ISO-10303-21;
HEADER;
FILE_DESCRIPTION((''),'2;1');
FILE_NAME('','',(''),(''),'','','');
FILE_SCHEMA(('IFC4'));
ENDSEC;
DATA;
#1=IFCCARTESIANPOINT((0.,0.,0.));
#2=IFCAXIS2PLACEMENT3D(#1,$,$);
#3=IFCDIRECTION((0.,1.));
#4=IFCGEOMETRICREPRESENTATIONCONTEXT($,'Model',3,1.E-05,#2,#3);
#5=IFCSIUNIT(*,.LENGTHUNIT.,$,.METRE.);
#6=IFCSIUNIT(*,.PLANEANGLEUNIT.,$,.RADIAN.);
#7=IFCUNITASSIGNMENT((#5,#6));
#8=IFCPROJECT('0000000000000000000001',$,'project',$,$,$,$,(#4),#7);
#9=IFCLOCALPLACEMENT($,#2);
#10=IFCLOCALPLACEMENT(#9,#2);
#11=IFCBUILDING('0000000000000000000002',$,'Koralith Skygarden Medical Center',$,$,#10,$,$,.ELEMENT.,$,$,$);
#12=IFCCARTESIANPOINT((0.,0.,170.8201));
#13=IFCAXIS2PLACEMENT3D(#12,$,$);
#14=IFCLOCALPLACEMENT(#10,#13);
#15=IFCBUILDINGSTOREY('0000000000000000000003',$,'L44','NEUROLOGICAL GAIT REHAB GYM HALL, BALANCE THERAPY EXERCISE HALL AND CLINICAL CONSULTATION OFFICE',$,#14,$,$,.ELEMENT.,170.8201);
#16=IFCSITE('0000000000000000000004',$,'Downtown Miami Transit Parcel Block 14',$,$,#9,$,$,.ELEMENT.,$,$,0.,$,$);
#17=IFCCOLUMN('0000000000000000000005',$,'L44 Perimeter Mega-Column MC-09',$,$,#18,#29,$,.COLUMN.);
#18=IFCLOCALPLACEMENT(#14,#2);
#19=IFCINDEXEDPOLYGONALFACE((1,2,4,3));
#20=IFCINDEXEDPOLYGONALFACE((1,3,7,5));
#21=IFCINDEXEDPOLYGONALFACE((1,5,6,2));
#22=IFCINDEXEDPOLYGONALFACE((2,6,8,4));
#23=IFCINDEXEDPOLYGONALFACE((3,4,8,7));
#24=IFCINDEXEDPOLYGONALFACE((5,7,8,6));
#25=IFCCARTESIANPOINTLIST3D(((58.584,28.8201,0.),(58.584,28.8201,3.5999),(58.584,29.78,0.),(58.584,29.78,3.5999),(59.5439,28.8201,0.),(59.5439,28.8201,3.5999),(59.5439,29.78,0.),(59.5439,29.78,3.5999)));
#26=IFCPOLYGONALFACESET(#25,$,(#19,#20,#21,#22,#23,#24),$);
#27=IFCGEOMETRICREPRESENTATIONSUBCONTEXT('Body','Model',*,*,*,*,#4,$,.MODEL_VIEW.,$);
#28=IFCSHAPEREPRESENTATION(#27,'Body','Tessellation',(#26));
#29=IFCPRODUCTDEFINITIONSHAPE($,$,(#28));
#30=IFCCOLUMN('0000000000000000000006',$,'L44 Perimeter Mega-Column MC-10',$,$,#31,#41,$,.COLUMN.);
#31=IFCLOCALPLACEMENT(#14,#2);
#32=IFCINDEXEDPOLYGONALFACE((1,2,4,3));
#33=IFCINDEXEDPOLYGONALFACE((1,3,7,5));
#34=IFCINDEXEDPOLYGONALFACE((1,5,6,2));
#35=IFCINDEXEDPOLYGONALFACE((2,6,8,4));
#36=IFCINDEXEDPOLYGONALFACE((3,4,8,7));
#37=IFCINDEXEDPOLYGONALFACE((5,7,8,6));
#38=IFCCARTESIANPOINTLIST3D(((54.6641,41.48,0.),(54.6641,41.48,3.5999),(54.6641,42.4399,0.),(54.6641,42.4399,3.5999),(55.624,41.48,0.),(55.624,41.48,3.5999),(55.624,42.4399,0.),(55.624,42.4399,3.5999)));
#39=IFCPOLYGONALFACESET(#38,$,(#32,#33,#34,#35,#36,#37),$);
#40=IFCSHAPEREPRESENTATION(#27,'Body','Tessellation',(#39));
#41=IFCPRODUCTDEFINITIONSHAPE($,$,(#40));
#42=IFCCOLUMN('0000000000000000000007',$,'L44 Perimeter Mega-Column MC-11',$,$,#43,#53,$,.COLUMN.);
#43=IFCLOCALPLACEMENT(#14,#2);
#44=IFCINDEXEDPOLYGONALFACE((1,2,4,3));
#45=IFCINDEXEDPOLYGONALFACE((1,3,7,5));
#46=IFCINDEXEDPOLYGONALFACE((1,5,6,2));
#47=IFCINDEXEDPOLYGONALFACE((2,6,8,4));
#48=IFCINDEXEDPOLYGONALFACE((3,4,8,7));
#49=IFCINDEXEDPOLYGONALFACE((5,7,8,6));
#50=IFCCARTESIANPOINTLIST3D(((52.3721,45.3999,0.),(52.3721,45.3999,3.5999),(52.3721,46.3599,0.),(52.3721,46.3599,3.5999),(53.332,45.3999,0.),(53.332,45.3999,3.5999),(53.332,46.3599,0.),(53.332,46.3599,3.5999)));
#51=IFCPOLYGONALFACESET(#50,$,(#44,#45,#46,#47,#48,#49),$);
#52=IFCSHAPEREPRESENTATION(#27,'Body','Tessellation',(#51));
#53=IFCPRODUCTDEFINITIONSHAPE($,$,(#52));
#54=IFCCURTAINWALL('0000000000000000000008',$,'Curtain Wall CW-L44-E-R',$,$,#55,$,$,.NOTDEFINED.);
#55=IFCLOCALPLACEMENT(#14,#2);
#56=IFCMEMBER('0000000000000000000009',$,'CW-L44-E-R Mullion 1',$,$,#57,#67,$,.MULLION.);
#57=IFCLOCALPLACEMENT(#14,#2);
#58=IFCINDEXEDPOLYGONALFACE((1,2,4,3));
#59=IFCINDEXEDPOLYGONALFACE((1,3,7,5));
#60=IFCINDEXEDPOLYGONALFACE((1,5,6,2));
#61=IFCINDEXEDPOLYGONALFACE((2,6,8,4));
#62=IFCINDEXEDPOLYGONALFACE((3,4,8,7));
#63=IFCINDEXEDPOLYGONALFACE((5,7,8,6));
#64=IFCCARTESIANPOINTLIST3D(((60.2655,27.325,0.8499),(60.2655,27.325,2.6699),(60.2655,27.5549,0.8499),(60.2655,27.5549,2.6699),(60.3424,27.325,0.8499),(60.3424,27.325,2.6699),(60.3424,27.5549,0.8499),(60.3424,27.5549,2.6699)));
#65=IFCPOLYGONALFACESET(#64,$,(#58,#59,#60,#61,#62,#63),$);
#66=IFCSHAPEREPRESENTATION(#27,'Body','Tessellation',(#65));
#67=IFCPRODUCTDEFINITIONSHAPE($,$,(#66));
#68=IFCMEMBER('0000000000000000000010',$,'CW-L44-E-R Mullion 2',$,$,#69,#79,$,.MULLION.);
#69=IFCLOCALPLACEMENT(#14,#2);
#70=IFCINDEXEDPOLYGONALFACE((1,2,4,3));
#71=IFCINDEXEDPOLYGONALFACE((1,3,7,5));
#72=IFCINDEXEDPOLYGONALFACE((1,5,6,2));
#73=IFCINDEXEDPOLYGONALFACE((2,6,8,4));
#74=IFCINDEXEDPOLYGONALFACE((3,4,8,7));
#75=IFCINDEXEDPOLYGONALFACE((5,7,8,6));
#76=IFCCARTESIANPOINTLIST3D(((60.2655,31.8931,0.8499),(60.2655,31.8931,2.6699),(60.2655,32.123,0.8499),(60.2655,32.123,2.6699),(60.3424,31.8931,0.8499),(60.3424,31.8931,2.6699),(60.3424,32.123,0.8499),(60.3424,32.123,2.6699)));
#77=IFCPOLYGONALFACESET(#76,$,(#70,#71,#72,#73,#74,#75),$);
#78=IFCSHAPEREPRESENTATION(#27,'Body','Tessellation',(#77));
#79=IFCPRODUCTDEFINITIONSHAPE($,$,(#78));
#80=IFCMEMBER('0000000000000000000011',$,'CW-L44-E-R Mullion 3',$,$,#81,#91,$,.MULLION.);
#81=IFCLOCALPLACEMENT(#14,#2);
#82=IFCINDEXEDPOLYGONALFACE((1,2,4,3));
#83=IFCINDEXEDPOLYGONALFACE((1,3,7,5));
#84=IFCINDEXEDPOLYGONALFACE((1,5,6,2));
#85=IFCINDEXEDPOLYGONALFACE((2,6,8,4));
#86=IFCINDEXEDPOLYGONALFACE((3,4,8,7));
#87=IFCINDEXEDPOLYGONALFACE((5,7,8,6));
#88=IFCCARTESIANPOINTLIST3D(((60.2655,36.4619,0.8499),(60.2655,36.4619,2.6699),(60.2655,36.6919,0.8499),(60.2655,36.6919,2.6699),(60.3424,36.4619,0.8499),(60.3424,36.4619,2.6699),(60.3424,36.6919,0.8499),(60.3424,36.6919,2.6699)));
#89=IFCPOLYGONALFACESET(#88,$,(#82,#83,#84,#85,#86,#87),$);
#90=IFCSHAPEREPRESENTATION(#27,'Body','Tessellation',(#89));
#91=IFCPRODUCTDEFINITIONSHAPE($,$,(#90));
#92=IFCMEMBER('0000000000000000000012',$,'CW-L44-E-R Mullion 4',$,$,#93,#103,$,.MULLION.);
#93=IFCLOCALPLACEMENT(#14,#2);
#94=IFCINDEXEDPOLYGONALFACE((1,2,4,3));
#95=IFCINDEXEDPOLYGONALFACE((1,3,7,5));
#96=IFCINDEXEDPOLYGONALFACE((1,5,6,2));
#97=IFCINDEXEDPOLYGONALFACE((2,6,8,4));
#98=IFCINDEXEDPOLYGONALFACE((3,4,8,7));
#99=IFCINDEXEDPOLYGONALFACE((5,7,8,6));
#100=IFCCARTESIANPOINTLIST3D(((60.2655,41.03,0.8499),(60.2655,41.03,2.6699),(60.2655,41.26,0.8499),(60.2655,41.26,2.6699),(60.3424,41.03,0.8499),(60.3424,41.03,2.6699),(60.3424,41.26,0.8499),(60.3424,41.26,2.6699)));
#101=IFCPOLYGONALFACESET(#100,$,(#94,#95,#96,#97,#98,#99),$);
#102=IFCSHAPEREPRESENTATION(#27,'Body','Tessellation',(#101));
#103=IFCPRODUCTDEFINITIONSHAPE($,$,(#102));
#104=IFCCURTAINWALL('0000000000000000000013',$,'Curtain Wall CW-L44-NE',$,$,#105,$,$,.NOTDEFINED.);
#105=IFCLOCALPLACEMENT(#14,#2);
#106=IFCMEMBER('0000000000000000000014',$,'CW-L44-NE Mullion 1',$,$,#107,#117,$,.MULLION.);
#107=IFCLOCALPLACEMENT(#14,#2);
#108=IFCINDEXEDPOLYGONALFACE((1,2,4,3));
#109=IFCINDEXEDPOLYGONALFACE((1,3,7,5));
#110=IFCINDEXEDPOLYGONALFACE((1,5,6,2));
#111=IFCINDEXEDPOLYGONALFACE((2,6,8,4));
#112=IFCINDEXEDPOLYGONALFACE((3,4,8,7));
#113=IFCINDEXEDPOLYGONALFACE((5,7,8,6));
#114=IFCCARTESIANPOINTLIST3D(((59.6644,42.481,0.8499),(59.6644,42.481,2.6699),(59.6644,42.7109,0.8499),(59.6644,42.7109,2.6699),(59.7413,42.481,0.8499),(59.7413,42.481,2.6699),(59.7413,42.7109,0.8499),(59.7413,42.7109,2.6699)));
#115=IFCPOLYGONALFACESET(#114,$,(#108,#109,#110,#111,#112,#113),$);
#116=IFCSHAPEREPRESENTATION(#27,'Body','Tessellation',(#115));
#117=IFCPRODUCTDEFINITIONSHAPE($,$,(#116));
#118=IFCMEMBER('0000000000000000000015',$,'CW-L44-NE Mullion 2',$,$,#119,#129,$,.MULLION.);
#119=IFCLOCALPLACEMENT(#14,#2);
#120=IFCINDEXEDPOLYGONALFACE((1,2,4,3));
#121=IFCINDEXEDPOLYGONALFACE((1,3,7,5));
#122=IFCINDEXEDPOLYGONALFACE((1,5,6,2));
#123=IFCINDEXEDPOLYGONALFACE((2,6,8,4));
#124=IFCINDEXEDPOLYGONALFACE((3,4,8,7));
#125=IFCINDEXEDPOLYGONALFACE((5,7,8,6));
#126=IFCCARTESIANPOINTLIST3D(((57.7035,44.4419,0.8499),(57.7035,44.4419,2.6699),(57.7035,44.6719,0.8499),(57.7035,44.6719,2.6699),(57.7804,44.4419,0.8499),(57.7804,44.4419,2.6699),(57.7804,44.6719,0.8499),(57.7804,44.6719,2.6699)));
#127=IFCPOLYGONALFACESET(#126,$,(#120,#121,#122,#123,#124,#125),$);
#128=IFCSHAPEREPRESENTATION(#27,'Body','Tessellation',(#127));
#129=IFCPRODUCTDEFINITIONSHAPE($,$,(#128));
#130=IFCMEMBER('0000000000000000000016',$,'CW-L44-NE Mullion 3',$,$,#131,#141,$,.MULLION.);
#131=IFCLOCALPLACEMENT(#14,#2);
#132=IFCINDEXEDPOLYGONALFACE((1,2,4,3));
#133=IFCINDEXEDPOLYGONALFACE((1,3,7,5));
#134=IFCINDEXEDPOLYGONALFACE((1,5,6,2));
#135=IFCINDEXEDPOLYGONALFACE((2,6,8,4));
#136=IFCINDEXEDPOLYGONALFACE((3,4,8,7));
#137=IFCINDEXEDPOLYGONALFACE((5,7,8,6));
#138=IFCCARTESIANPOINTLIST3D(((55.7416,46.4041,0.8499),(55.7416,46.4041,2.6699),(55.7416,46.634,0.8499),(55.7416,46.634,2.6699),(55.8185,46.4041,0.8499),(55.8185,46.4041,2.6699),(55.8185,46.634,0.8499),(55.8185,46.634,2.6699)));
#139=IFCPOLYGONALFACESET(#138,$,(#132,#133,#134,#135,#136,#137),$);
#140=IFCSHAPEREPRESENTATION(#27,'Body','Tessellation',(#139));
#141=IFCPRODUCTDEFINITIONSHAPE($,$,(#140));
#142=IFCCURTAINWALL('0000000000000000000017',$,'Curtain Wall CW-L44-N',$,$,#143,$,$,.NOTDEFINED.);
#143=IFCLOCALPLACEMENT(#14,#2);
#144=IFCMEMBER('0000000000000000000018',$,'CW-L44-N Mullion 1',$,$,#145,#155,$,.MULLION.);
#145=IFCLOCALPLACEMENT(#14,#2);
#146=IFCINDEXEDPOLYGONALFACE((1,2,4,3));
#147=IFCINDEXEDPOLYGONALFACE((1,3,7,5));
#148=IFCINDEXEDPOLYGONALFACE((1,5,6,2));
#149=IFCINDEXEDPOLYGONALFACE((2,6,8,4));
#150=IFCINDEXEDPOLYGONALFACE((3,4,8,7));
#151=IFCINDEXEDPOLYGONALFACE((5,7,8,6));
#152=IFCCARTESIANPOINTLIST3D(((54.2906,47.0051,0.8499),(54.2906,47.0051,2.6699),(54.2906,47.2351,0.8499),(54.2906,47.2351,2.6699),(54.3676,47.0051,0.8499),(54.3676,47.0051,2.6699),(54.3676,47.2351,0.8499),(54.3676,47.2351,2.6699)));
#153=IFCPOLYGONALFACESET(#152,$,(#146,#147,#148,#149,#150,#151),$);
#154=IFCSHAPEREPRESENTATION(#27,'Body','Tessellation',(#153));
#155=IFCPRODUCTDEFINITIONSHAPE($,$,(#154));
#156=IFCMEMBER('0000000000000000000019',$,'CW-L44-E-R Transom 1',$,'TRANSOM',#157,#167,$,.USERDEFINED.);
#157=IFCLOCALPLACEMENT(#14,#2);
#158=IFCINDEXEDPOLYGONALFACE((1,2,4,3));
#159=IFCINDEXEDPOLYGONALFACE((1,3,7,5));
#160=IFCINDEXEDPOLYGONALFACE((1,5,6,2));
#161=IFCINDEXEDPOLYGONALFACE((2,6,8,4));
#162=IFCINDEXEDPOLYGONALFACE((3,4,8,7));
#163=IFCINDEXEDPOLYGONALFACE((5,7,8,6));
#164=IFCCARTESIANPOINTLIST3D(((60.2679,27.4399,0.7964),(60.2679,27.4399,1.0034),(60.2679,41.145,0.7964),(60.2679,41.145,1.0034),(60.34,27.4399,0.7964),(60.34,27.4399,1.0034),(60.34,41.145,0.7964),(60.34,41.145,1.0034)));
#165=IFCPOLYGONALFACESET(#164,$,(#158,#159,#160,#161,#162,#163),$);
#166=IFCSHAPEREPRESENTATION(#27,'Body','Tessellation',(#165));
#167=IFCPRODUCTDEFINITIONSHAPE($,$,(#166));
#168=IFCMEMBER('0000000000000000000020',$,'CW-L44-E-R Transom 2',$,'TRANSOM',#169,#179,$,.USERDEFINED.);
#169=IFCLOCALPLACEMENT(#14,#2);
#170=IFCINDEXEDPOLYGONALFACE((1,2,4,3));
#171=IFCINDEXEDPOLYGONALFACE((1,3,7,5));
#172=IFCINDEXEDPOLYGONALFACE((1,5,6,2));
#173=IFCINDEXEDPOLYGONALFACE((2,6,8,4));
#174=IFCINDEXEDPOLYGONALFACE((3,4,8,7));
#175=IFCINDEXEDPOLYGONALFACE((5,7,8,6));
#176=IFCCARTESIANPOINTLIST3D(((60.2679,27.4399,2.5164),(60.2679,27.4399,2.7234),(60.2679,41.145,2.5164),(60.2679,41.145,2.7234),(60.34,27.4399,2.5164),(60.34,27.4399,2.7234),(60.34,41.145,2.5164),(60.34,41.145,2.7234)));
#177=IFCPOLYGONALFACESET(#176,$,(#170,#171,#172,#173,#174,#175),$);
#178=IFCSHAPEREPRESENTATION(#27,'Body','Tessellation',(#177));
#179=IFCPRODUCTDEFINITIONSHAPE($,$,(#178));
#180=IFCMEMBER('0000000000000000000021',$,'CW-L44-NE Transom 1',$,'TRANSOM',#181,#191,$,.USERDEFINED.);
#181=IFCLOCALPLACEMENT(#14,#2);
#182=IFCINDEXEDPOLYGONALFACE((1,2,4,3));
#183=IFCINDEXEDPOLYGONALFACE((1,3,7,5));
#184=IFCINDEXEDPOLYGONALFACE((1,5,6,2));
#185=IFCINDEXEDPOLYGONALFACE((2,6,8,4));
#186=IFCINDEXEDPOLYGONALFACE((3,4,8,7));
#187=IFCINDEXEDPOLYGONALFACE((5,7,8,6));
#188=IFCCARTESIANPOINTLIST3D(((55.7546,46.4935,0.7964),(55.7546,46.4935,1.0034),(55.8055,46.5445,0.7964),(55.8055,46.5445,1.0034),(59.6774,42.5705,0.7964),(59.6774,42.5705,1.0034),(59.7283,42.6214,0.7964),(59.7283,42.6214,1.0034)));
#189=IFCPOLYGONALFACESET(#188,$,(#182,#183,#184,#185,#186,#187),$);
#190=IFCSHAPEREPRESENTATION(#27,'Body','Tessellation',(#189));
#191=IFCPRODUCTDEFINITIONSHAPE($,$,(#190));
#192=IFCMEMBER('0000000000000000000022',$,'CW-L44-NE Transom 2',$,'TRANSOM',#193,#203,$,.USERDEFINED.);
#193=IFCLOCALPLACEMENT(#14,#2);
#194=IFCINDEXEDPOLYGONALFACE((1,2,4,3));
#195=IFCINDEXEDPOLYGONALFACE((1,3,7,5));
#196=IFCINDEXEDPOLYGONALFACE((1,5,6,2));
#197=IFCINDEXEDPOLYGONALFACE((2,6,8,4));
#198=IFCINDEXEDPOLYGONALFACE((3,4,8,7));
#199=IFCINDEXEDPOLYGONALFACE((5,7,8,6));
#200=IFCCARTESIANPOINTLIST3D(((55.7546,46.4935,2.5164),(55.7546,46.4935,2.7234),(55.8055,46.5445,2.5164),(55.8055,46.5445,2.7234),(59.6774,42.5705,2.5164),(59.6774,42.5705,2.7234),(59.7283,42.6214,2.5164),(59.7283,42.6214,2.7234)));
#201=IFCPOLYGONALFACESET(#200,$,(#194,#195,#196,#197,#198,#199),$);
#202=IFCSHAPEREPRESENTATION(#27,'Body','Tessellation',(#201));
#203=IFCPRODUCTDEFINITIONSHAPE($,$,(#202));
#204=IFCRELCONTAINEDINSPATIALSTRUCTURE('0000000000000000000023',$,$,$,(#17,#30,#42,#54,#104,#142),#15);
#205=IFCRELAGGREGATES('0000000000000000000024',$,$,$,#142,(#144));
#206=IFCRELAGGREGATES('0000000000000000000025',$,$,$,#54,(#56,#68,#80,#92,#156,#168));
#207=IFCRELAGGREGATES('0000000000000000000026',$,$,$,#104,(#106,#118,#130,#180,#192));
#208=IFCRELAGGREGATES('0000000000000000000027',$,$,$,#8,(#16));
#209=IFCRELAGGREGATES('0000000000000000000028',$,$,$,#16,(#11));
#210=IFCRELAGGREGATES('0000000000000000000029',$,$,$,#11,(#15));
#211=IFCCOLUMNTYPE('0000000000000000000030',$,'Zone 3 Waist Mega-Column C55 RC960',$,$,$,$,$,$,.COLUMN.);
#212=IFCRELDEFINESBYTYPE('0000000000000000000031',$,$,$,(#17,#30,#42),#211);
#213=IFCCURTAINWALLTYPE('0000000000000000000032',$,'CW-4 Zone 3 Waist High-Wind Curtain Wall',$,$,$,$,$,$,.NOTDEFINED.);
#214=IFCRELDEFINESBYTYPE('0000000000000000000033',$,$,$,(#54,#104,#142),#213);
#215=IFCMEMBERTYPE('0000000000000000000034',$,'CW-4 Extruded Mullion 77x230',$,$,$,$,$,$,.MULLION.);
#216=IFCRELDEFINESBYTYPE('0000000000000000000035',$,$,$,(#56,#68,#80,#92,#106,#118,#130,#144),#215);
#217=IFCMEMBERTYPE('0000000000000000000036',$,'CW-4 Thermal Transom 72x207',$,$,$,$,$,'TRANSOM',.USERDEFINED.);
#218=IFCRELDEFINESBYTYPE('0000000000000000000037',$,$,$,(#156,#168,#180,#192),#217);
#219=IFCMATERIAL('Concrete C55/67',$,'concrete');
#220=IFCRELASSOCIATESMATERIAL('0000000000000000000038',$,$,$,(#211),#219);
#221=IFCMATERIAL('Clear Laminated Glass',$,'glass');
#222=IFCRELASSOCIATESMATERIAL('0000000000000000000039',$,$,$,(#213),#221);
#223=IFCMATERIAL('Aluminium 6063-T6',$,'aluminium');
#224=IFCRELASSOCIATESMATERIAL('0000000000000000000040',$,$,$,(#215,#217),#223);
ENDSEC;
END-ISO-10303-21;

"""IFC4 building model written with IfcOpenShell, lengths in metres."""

from ifc_helpers import new_model, si_unit, direction, frame, origin, origin_2d, place, context, subcontext, project, spatial, rectangle, extrude, material, material_profile, profile_set, type_object, element, aggregate, save


model = new_model("IFC4")

# Units and contexts
model_context = context("Model", 3, precision=1e-05, world=origin(), true_north=direction((0.0, 1.0)))
body_context = subcontext(model_context, "Body", "Model", "MODEL_VIEW")
ifc_project = project(units=[si_unit("LENGTHUNIT", "METRE"), si_unit("PLANEANGLEUNIT", "RADIAN")], contexts=[model_context])

# Site, building, storey
site_placement = place(None, origin())
site = spatial("IfcSite", under=ifc_project, at=site_placement, Name="Downtown Miami Transit Parcel Block 14", CompositionType="ELEMENT", RefElevation=0.0)
building_placement = place(site_placement, origin())
building = spatial("IfcBuilding", under=site, at=building_placement, Name="Koralith Skygarden Medical Center", CompositionType="ELEMENT")
storey_placement = place(building_placement, frame((0.0, 0.0, 170.8201)))
storey = spatial("IfcBuildingStorey", under=building, at=storey_placement, Name="L44", Description="NEUROLOGICAL GAIT REHAB GYM HALL, BALANCE THERAPY EXERCISE HALL AND CLINICAL CONSULTATION OFFICE", CompositionType="ELEMENT", Elevation=170.8201)

# Columns
ifc_material_1 = material(Name="Concrete C55/67", Category="concrete")
ifc_material_profile_1 = material_profile(ifc_material_1, rectangle(XDim=0.96, YDim=0.96, at=origin_2d()), Name="RC960X960")
ifc_profile_set_1 = profile_set([ifc_material_profile_1], Name="Concrete C55/67")
column_type = type_object("IfcColumnType", Name="Zone 3 Waist Mega-Column C55 RC960", PredefinedType="COLUMN", material=ifc_profile_set_1)
for number, where, z_axis, x_axis, name in (
    (1, (59.064, 29.3, 0.0), (0.0, 0.0, 1.0), (1.0, 0.0, 0.0), "L44 Perimeter Mega-Column MC-09"),
    (2, (55.144, 41.96, 0.0), (0.0, 0.0, 1.0), (1.0, 0.0, 0.0), "L44 Perimeter Mega-Column MC-10"),
    (3, (52.8521, 45.8799, 0.0), (0.0, 0.0, 1.0), (1.0, 0.0, 0.0), "L44 Perimeter Mega-Column MC-11"),
):
    element("IfcColumn", number, at=place(storey_placement, frame(where, z_axis=z_axis, x_axis=x_axis)), inside=storey, type_object=column_type, Name=name, PredefinedType="COLUMN", context=body_context, shape_type="SweptSolid", body=[
        extrude(rectangle(XDim=0.96, YDim=0.96, at=origin_2d()), origin(), (0.0, 0.0, 1.0), 3.5999),
    ])

# Curtain walls, members
ifc_material_2 = material(Name="Clear Laminated Glass", Category="glass")
curtain_wall_type = type_object("IfcCurtainWallType", Name="CW-4 Zone 3 Waist High-Wind Curtain Wall", PredefinedType="NOTDEFINED", material=ifc_material_2)
curtain_wall_1_placement = place(storey_placement, origin())
curtain_wall_1 = element("IfcCurtainWall", 4, at=curtain_wall_1_placement, inside=storey, type_object=curtain_wall_type, Name="Curtain Wall CW-L44-E-R", PredefinedType="NOTDEFINED")
ifc_material_3 = material(Name="Aluminium 6063-T6", Category="aluminium")
ifc_material_profile_2 = material_profile(ifc_material_3, rectangle(XDim=0.0769, YDim=0.23, at=origin_2d()), Name="MUL77X230")
ifc_profile_set_2 = profile_set([ifc_material_profile_2], Name="Aluminium 6063-T6")
member_type_1 = type_object("IfcMemberType", Name="CW-4 Extruded Mullion 77x230", PredefinedType="MULLION", material=ifc_profile_set_2)
member_1_placement = place(storey_placement, frame((60.304, 27.4399, 0.8499), z_axis=(0.0, 0.0, 1.0), x_axis=(1.0, 0.0, 0.0)))
member_1 = element("IfcMember", 5, at=member_1_placement, type_object=member_type_1, Name="CW-L44-E-R Mullion 1", PredefinedType="MULLION", context=body_context, shape_type="SweptSolid", body=[
    extrude(rectangle(XDim=0.0769, YDim=0.23, at=origin_2d()), origin(), (0.0, 0.0, 1.0), 1.8201),
])
member_2_placement = place(storey_placement, frame((60.304, 32.0081, 0.8499), z_axis=(0.0, 0.0, 1.0), x_axis=(1.0, 0.0, 0.0)))
member_2 = element("IfcMember", 6, at=member_2_placement, type_object=member_type_1, Name="CW-L44-E-R Mullion 2", PredefinedType="MULLION", context=body_context, shape_type="SweptSolid", body=[
    extrude(rectangle(XDim=0.0769, YDim=0.23, at=origin_2d()), origin(), (0.0, 0.0, 1.0), 1.8201),
])
member_3_placement = place(storey_placement, frame((60.304, 36.5769, 0.8499), z_axis=(0.0, 0.0, 1.0), x_axis=(1.0, 0.0, 0.0)))
member_3 = element("IfcMember", 7, at=member_3_placement, type_object=member_type_1, Name="CW-L44-E-R Mullion 3", PredefinedType="MULLION", context=body_context, shape_type="SweptSolid", body=[
    extrude(rectangle(XDim=0.0769, YDim=0.23, at=origin_2d()), origin(), (0.0, 0.0, 1.0), 1.8201),
])
member_4_placement = place(storey_placement, frame((60.304, 41.145, 0.8499), z_axis=(0.0, 0.0, 1.0), x_axis=(1.0, 0.0, 0.0)))
member_4 = element("IfcMember", 8, at=member_4_placement, type_object=member_type_1, Name="CW-L44-E-R Mullion 4", PredefinedType="MULLION", context=body_context, shape_type="SweptSolid", body=[
    extrude(rectangle(XDim=0.0769, YDim=0.23, at=origin_2d()), origin(), (0.0, 0.0, 1.0), 1.8201),
])
curtain_wall_2_placement = place(storey_placement, origin())
curtain_wall_2 = element("IfcCurtainWall", 9, at=curtain_wall_2_placement, inside=storey, type_object=curtain_wall_type, Name="Curtain Wall CW-L44-NE", PredefinedType="NOTDEFINED")
member_5_placement = place(storey_placement, frame((59.7029, 42.5959, 0.8499), z_axis=(0.0, 0.0, 1.0), x_axis=(1.0, 0.0, 0.0)))
member_5 = element("IfcMember", 10, at=member_5_placement, type_object=member_type_1, Name="CW-L44-NE Mullion 1", PredefinedType="MULLION", context=body_context, shape_type="SweptSolid", body=[
    extrude(rectangle(XDim=0.0769, YDim=0.23, at=origin_2d()), origin(), (0.0, 0.0, 1.0), 1.8201),
])
member_6_placement = place(storey_placement, frame((57.7419, 44.5569, 0.8499), z_axis=(0.0, 0.0, 1.0), x_axis=(1.0, 0.0, 0.0)))
member_6 = element("IfcMember", 11, at=member_6_placement, type_object=member_type_1, Name="CW-L44-NE Mullion 2", PredefinedType="MULLION", context=body_context, shape_type="SweptSolid", body=[
    extrude(rectangle(XDim=0.0769, YDim=0.23, at=origin_2d()), origin(), (0.0, 0.0, 1.0), 1.8201),
])
member_7_placement = place(storey_placement, frame((55.78, 46.519, 0.8499), z_axis=(0.0, 0.0, 1.0), x_axis=(1.0, 0.0, 0.0)))
member_7 = element("IfcMember", 12, at=member_7_placement, type_object=member_type_1, Name="CW-L44-NE Mullion 3", PredefinedType="MULLION", context=body_context, shape_type="SweptSolid", body=[
    extrude(rectangle(XDim=0.0769, YDim=0.23, at=origin_2d()), origin(), (0.0, 0.0, 1.0), 1.8201),
])

# Curtain wall, member
curtain_wall_3_placement = place(storey_placement, origin())
curtain_wall_3 = element("IfcCurtainWall", 13, at=curtain_wall_3_placement, inside=storey, type_object=curtain_wall_type, Name="Curtain Wall CW-L44-N", PredefinedType="NOTDEFINED")
member_8_placement = place(storey_placement, frame((54.3291, 47.1201, 0.8499), z_axis=(0.0, 0.0, 1.0), x_axis=(1.0, 0.0, 0.0)))
member_8 = element("IfcMember", 14, at=member_8_placement, type_object=member_type_1, Name="CW-L44-N Mullion 1", PredefinedType="MULLION", context=body_context, shape_type="SweptSolid", body=[
    extrude(rectangle(XDim=0.0769, YDim=0.23, at=origin_2d()), origin(), (0.0, 0.0, 1.0), 1.8201),
])

# Members
ifc_material_profile_3 = material_profile(ifc_material_3, rectangle(XDim=0.072, YDim=0.207, at=origin_2d()), Name="TRN72X207")
ifc_profile_set_3 = profile_set([ifc_material_profile_3], Name="Aluminium 6063-T6")
member_type_2 = type_object("IfcMemberType", Name="CW-4 Thermal Transom 72x207", ElementType="TRANSOM", PredefinedType="USERDEFINED", material=ifc_profile_set_3)
member_9_placement = place(storey_placement, frame((60.304, 27.4399, 0.8999), z_axis=(0.0, 1.0, 0.0), x_axis=(-1.0, 0.0, 0.0)))
member_9 = element("IfcMember", 15, at=member_9_placement, type_object=member_type_2, Name="CW-L44-E-R Transom 1", ObjectType="TRANSOM", PredefinedType="USERDEFINED", context=body_context, shape_type="SweptSolid", body=[
    extrude(rectangle(XDim=0.072, YDim=0.207, at=origin_2d()), origin(), (0.0, 0.0, 1.0), 13.7051),
])
member_10_placement = place(storey_placement, frame((60.304, 27.4399, 2.6199), z_axis=(0.0, 1.0, 0.0), x_axis=(-1.0, 0.0, 0.0)))
member_10 = element("IfcMember", 16, at=member_10_placement, type_object=member_type_2, Name="CW-L44-E-R Transom 2", ObjectType="TRANSOM", PredefinedType="USERDEFINED", context=body_context, shape_type="SweptSolid", body=[
    extrude(rectangle(XDim=0.072, YDim=0.207, at=origin_2d()), origin(), (0.0, 0.0, 1.0), 13.7051),
])
member_11_placement = place(storey_placement, frame((59.7029, 42.5959, 0.8999), z_axis=(-0.707085, 0.707129, 0.0), x_axis=(-0.707129, -0.707085, 0.0)))
member_11 = element("IfcMember", 17, at=member_11_placement, type_object=member_type_2, Name="CW-L44-NE Transom 1", ObjectType="TRANSOM", PredefinedType="USERDEFINED", context=body_context, shape_type="SweptSolid", body=[
    extrude(rectangle(XDim=0.072, YDim=0.207, at=origin_2d()), origin(), (0.0, 0.0, 1.0), 5.5479),
])
member_12_placement = place(storey_placement, frame((59.7029, 42.5959, 2.6199), z_axis=(-0.707085, 0.707129, 0.0), x_axis=(-0.707129, -0.707085, 0.0)))
member_12 = element("IfcMember", 18, at=member_12_placement, type_object=member_type_2, Name="CW-L44-NE Transom 2", ObjectType="TRANSOM", PredefinedType="USERDEFINED", context=body_context, shape_type="SweptSolid", body=[
    extrude(rectangle(XDim=0.072, YDim=0.207, at=origin_2d()), origin(), (0.0, 0.0, 1.0), 5.5479),
])
aggregate(curtain_wall_3, [member_8])

aggregate(curtain_wall_1, [member_1, member_2, member_3, member_4, member_9, member_10])
aggregate(curtain_wall_2, [member_5, member_6, member_7, member_11, member_12])

save(model, "model.ifc")
